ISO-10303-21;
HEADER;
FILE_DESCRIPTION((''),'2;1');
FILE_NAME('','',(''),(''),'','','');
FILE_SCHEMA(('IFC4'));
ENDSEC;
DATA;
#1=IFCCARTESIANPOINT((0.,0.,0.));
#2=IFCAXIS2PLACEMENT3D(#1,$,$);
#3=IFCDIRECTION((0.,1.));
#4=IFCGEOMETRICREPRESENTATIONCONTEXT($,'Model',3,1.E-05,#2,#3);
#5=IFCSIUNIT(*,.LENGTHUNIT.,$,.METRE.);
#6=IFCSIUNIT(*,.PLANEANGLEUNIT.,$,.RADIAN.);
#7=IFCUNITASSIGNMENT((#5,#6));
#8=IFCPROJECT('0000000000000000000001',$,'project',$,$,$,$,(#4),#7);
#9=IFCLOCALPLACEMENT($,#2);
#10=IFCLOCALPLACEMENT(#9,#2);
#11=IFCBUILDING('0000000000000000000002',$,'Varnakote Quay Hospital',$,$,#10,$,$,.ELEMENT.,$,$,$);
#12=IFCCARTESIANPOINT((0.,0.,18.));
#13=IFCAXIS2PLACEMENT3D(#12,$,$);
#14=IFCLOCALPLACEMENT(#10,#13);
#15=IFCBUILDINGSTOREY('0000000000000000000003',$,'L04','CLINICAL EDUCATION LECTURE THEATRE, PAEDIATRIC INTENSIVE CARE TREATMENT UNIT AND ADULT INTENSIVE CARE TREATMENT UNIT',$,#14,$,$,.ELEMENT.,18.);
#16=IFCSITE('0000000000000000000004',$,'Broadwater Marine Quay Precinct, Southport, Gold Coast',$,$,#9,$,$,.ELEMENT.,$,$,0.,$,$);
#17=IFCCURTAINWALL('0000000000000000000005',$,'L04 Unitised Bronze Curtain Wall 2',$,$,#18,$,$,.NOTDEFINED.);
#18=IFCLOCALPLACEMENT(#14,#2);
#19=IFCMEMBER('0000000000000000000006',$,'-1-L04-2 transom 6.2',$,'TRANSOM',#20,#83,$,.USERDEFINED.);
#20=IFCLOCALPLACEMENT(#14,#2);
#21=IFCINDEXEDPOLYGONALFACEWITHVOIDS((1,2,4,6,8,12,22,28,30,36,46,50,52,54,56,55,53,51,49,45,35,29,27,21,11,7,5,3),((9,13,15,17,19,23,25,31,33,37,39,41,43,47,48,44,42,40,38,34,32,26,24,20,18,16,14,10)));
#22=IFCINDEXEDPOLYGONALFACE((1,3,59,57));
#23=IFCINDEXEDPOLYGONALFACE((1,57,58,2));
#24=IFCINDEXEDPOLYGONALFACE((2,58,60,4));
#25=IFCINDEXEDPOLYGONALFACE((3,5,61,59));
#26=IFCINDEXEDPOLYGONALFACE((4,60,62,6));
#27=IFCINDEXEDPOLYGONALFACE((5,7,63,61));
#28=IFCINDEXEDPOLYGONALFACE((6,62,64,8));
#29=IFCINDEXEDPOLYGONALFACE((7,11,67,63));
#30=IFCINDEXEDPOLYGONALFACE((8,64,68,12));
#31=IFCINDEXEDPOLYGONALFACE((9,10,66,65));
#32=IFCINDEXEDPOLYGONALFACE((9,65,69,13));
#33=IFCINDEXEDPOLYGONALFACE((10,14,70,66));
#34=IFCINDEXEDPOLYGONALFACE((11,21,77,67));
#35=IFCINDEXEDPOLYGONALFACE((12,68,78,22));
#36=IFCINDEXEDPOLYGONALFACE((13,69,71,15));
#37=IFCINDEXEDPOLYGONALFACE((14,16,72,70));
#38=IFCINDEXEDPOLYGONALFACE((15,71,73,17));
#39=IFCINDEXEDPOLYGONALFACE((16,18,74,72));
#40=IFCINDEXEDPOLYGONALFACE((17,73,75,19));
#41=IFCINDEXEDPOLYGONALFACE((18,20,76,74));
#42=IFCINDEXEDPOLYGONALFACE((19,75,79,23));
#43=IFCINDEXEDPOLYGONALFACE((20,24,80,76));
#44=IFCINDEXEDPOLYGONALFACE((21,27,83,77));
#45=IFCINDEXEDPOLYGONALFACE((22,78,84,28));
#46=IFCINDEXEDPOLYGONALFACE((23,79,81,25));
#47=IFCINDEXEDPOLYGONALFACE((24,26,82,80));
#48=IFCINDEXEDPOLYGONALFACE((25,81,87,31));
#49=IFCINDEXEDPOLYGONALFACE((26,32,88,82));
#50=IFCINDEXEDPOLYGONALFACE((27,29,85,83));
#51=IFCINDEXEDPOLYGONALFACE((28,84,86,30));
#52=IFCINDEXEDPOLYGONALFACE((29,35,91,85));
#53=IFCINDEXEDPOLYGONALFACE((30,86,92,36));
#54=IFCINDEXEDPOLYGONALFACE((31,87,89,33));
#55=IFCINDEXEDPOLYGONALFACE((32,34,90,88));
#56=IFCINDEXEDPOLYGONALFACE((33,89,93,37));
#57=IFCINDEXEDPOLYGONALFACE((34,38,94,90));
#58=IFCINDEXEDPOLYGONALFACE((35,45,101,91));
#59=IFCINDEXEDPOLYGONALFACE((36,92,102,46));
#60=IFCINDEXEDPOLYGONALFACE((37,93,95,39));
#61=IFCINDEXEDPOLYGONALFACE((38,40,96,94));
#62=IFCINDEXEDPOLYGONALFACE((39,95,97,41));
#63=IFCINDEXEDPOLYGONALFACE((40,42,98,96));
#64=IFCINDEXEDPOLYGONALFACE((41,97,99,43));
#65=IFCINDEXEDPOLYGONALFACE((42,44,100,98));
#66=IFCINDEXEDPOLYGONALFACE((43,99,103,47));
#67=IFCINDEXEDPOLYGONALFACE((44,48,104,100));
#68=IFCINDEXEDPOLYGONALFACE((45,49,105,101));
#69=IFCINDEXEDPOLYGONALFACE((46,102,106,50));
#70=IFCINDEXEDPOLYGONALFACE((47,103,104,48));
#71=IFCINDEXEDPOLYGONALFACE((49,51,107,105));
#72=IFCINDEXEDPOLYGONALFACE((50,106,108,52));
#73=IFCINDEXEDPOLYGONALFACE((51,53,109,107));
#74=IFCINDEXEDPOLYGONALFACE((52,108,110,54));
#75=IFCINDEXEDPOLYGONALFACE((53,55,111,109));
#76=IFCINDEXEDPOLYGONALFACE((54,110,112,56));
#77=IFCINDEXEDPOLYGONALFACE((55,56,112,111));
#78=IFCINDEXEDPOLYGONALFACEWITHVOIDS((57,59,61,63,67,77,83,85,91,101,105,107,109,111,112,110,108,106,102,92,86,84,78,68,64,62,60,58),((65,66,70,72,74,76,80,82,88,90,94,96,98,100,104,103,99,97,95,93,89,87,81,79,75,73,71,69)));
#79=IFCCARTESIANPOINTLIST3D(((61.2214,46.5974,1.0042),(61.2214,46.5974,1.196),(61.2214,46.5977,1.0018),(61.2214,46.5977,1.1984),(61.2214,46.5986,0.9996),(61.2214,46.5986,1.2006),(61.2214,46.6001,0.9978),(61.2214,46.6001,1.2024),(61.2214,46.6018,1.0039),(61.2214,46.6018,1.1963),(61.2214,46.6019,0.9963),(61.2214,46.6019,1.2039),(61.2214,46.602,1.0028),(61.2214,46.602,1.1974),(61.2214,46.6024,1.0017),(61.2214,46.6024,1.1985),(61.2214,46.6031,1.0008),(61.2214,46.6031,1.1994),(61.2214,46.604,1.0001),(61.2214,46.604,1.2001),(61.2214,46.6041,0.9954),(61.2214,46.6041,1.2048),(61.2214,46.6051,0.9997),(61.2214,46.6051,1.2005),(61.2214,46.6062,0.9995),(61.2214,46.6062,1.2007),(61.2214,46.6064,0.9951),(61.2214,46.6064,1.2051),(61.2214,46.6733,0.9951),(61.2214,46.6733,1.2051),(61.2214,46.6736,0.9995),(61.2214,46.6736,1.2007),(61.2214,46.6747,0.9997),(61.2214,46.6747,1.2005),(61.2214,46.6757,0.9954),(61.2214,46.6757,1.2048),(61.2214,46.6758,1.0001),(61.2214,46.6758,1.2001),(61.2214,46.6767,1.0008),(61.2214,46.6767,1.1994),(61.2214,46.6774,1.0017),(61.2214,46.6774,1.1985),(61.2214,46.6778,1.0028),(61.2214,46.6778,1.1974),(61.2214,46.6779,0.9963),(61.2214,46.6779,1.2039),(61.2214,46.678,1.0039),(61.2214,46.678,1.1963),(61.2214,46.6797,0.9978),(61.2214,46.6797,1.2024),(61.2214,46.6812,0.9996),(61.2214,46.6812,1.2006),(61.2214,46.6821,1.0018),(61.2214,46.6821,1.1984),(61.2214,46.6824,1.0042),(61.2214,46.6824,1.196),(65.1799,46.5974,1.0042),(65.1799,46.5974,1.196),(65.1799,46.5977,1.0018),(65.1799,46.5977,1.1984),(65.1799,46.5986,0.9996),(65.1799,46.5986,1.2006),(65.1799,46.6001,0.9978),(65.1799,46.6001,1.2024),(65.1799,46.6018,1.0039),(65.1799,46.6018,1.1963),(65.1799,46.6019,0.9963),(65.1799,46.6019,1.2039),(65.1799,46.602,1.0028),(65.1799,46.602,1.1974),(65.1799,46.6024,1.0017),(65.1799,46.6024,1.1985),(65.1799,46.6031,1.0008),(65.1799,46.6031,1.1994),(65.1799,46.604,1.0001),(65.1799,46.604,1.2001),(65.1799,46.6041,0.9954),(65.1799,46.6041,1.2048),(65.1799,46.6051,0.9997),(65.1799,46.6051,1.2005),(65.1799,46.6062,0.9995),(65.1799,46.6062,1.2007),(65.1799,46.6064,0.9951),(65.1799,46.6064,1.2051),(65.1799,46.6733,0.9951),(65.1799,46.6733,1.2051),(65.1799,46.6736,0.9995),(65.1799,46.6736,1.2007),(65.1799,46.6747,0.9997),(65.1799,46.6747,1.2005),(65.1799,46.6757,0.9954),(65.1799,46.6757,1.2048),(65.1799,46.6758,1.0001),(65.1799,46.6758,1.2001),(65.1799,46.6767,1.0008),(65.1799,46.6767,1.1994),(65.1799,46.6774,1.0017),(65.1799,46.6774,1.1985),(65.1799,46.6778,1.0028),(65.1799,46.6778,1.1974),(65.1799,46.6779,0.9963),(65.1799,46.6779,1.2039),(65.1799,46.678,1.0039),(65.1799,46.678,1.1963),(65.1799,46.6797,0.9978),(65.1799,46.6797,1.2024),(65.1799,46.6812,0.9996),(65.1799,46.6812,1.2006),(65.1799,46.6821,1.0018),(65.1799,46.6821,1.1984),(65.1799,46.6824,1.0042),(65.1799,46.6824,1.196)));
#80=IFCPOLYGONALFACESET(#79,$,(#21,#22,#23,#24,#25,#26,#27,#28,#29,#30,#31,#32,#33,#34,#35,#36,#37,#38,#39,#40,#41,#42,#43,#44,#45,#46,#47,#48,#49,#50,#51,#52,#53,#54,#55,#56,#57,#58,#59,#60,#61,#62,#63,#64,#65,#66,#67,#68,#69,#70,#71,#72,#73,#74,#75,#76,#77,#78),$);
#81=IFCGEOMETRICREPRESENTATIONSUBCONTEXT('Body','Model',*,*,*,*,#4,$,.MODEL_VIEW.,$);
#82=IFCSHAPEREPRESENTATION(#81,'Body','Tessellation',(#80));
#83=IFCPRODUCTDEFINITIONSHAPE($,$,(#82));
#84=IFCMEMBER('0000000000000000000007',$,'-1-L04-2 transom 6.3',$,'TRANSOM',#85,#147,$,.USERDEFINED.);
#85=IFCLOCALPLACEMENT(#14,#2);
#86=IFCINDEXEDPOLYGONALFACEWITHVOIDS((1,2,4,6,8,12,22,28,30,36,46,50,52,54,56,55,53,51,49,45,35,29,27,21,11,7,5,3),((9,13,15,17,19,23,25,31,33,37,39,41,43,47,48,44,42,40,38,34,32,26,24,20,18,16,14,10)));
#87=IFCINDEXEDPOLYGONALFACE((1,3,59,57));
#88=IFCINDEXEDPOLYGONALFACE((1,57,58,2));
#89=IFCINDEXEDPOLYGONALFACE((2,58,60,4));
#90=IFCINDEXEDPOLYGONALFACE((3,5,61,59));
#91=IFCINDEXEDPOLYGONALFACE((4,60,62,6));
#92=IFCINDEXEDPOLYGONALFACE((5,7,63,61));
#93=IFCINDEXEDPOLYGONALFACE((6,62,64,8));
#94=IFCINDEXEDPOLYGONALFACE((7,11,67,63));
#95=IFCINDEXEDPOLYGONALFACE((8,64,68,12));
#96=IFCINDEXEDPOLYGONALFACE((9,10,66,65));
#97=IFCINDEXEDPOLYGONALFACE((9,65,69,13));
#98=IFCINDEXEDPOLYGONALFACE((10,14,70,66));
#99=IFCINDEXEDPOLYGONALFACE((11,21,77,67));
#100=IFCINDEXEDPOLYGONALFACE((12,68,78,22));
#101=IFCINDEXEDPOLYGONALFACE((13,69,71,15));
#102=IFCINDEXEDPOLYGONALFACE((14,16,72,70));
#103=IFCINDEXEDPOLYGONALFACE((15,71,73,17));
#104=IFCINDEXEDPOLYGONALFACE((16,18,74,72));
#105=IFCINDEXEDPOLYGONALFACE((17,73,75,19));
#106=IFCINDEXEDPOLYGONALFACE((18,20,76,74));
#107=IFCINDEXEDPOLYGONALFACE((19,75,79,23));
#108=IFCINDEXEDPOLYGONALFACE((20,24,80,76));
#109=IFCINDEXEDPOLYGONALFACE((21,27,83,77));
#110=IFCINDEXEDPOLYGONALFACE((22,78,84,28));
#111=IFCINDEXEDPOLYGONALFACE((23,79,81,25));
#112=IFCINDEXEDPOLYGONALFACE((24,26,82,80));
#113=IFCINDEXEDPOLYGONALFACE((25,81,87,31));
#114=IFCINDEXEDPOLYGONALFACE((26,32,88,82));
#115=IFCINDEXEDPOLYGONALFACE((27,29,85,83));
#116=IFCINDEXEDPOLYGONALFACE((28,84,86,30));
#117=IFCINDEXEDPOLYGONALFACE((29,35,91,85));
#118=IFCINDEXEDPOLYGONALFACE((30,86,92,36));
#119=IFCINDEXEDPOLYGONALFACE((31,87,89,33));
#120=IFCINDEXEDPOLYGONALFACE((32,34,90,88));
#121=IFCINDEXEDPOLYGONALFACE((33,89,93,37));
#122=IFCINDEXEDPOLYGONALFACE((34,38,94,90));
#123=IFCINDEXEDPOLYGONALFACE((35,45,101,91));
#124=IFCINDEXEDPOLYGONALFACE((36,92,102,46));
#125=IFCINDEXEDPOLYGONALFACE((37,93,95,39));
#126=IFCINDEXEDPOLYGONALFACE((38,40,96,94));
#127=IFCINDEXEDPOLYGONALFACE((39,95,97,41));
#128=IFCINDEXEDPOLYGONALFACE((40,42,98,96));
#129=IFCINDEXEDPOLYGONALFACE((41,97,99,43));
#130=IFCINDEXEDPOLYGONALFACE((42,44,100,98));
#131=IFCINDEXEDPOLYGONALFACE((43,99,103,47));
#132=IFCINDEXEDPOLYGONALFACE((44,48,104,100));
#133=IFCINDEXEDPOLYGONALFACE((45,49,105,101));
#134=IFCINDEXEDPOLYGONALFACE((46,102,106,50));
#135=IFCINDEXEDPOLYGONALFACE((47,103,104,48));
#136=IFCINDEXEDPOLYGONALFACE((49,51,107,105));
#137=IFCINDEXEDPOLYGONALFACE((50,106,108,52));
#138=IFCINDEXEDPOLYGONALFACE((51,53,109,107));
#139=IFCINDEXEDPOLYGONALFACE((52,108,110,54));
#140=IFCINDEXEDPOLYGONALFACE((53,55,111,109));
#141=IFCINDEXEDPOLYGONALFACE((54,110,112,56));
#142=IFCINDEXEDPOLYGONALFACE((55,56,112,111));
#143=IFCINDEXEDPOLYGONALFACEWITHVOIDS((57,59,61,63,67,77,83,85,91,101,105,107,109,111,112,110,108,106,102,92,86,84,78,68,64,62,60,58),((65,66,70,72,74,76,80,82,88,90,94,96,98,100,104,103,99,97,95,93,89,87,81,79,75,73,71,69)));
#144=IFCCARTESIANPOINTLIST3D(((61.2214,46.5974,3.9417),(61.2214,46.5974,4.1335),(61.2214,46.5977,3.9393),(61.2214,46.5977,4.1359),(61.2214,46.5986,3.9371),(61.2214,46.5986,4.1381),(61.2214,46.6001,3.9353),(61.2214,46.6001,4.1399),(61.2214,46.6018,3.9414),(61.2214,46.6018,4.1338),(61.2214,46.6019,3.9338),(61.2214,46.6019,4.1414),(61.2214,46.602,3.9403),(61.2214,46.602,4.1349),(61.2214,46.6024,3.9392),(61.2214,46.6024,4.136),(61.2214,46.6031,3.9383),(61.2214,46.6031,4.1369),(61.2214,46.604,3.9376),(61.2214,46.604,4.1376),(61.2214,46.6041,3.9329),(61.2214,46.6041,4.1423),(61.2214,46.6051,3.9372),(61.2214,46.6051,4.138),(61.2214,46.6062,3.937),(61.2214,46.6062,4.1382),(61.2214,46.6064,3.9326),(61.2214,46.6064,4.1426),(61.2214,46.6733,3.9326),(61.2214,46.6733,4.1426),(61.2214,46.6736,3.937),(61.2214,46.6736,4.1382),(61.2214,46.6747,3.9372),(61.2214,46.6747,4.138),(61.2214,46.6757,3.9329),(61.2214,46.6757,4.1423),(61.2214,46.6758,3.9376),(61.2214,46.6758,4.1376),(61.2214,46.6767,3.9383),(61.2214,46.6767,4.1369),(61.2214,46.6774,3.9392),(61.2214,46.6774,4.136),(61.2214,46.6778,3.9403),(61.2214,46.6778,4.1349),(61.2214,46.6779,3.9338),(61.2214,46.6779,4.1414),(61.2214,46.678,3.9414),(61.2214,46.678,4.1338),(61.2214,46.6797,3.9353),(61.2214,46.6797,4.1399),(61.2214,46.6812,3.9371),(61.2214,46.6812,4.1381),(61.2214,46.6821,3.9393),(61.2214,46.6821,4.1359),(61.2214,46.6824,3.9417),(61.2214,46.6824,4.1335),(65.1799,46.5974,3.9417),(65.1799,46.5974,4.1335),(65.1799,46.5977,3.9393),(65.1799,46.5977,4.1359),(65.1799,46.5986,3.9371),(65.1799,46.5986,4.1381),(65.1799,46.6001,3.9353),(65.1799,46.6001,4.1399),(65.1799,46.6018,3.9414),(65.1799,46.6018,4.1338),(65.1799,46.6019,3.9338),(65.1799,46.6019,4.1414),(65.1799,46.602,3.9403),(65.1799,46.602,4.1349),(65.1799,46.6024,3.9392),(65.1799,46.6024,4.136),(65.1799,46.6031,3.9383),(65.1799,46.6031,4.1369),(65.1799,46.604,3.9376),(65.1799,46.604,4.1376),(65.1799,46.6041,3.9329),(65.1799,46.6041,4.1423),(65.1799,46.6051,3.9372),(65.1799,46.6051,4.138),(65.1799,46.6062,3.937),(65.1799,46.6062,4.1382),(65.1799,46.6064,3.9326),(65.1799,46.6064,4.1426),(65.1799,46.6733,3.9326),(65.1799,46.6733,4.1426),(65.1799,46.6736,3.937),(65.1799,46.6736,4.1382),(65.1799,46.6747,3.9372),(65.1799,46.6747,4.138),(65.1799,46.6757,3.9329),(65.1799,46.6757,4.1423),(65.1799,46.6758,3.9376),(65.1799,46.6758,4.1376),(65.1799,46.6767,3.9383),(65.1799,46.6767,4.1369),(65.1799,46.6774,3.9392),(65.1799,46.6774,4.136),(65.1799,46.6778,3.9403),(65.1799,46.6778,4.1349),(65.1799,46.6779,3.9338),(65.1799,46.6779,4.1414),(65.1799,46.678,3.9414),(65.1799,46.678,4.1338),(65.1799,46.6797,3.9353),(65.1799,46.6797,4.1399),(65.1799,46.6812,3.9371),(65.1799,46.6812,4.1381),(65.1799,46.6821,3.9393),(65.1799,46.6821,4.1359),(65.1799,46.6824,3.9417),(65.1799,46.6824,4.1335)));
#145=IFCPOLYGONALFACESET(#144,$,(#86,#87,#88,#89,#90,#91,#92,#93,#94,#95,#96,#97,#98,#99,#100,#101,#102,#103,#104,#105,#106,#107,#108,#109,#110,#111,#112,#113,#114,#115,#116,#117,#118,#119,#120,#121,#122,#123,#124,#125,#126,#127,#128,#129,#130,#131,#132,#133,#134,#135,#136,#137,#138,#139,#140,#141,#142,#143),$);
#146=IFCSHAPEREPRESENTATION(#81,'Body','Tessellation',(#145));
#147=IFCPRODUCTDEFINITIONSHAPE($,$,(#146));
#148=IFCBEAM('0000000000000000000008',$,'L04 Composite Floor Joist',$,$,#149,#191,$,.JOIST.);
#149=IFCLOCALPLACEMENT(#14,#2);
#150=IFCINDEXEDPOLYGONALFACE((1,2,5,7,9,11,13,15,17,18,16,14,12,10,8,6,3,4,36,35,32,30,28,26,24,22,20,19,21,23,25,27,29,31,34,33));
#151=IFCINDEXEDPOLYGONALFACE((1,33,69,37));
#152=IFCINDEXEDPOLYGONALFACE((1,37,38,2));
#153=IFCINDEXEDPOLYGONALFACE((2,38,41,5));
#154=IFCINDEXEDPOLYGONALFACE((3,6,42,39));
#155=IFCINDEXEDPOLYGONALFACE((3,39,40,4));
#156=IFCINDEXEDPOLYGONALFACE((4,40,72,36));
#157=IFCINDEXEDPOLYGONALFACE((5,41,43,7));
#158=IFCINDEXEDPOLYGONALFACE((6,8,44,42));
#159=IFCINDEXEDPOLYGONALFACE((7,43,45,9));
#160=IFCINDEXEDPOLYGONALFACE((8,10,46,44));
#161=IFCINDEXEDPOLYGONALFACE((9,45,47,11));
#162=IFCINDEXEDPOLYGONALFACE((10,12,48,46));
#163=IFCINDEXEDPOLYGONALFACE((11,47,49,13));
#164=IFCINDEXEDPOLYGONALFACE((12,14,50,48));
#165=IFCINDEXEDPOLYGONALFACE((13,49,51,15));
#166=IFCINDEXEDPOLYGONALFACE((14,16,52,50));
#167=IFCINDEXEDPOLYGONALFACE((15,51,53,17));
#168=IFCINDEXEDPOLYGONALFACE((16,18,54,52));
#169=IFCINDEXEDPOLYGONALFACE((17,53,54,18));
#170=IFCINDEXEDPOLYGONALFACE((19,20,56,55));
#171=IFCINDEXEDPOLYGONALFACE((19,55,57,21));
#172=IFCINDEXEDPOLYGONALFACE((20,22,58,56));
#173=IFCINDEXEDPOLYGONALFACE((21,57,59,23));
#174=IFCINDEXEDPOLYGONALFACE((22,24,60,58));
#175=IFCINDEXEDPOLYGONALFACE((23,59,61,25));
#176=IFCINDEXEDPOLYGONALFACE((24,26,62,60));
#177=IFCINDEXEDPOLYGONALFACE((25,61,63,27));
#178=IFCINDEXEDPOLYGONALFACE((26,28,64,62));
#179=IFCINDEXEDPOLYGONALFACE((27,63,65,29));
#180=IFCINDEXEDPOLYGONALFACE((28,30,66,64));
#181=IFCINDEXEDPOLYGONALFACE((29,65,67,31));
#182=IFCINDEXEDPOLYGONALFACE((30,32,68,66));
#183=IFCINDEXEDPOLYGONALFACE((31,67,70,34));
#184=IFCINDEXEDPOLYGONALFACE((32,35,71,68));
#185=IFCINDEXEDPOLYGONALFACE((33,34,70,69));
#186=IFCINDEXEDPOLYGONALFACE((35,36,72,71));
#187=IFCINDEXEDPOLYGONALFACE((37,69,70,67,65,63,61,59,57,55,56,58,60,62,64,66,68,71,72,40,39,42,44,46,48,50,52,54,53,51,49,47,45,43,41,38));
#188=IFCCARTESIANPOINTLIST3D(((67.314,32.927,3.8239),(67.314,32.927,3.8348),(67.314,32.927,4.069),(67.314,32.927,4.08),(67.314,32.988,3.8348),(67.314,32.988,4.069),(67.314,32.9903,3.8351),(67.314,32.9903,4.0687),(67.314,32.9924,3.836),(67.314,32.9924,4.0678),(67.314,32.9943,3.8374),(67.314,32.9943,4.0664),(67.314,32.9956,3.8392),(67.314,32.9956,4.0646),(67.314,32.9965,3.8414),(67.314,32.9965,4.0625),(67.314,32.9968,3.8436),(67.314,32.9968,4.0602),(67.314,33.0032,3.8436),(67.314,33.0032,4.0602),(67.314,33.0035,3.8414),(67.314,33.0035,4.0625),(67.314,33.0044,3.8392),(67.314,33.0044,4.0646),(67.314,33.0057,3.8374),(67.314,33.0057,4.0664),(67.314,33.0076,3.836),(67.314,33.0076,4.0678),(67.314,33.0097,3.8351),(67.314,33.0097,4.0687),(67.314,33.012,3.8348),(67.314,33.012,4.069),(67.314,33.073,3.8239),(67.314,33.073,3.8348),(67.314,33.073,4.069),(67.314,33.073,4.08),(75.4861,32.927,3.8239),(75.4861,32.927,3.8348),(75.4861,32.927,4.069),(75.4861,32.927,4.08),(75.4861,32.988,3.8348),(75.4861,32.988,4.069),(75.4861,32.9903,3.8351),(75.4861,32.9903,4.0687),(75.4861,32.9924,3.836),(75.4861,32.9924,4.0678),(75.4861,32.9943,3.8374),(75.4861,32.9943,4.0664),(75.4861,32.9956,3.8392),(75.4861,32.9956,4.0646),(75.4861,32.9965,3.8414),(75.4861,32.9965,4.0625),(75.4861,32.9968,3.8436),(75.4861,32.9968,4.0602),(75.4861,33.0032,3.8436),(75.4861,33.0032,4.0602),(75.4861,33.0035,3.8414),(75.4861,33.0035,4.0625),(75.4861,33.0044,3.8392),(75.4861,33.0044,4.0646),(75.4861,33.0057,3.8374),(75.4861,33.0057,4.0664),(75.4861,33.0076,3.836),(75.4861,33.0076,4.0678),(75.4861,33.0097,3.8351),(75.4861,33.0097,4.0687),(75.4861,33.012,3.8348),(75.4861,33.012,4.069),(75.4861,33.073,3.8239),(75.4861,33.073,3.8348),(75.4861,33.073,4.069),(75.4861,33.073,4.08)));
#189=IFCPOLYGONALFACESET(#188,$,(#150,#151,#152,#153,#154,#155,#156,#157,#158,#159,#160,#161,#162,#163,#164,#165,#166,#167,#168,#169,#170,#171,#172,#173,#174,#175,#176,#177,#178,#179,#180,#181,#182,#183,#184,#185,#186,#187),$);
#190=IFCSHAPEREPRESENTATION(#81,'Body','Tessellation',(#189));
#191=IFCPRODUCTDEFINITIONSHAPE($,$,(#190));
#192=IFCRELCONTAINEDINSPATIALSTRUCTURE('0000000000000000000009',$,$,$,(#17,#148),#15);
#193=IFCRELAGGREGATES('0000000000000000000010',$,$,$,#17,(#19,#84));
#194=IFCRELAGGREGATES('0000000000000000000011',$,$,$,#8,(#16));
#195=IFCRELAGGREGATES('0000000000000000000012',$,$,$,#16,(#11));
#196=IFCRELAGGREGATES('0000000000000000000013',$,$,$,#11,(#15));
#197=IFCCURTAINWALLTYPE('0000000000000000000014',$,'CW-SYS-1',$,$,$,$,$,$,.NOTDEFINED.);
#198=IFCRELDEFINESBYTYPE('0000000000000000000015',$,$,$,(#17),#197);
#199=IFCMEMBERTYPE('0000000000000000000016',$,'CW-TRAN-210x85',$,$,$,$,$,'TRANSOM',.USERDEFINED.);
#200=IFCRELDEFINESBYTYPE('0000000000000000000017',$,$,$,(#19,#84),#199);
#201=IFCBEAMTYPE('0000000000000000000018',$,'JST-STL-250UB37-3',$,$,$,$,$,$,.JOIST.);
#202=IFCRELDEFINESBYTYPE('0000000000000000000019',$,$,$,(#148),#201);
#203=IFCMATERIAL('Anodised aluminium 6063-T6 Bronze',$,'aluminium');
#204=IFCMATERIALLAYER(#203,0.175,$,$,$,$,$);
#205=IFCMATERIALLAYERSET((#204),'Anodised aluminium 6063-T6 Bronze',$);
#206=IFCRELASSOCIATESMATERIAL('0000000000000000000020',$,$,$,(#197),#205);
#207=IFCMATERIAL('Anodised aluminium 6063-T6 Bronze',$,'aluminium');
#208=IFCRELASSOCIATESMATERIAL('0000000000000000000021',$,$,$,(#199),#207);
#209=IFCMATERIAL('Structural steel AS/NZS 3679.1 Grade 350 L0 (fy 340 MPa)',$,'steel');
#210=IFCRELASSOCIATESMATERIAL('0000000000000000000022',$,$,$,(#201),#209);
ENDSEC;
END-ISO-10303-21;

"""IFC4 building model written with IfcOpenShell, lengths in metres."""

from ifc_helpers import new_model, si_unit, direction, frame, origin, origin_2d, place, context, subcontext, project, spatial, hollow_rectangle, i_section, extrude, material, layer, layer_set, material_profile, profile_set, type_object, element, aggregate, save


model = new_model("IFC4")

# Units and contexts
model_context = context("Model", 3, precision=1e-05, world=origin(), true_north=direction((0.0, 1.0)))
body_context = subcontext(model_context, "Body", "Model", "MODEL_VIEW")
ifc_project = project(units=[si_unit("LENGTHUNIT", "METRE"), si_unit("PLANEANGLEUNIT", "RADIAN")], contexts=[model_context])

# Site, building, storey
site_placement = place(None, origin())
site = spatial("IfcSite", under=ifc_project, at=site_placement, Name="Broadwater Marine Quay Precinct, Southport, Gold Coast", CompositionType="ELEMENT", RefElevation=0.0)
building_placement = place(site_placement, origin())
building = spatial("IfcBuilding", under=site, at=building_placement, Name="Varnakote Quay Hospital", CompositionType="ELEMENT")
storey_placement = place(building_placement, frame((0.0, 0.0, 18.0)))
storey = spatial("IfcBuildingStorey", under=building, at=storey_placement, Name="L04", Description="CLINICAL EDUCATION LECTURE THEATRE, PAEDIATRIC INTENSIVE CARE TREATMENT UNIT AND ADULT INTENSIVE CARE TREATMENT UNIT", CompositionType="ELEMENT", Elevation=18.0)

# Curtain wall, members
ifc_material_1 = material(Name="Anodised aluminium 6063-T6 Bronze", Category="aluminium")
ifc_layer_1 = layer(ifc_material_1, 0.175)
ifc_layer_set_1 = layer_set([ifc_layer_1], Name="Anodised aluminium 6063-T6 Bronze")
curtain_wall_type = type_object("IfcCurtainWallType", Name="CW-SYS-1", PredefinedType="NOTDEFINED", material=ifc_layer_set_1)
curtain_wall_placement = place(storey_placement, origin())
curtain_wall = element("IfcCurtainWall", 1, at=curtain_wall_placement, inside=storey, type_object=curtain_wall_type, Name="L04 Unitised Bronze Curtain Wall 2", PredefinedType="NOTDEFINED")
ifc_material_2 = material(Name="Anodised aluminium 6063-T6 Bronze", Category="aluminium")
ifc_material_profile_1 = material_profile(ifc_material_2, hollow_rectangle(XDim=0.085, YDim=0.21, WallThickness=0.0044, InnerFilletRadius=0.0044, OuterFilletRadius=0.009, at=origin_2d()), Name="CW-TRAN-210x85")
ifc_profile_set_1 = profile_set([ifc_material_profile_1], Name="Anodised aluminium 6063-T6 Bronze")
member_type_1 = type_object("IfcMemberType", Name="CW-TRAN-210x85", ElementType="TRANSOM", PredefinedType="USERDEFINED", material=ifc_profile_set_1)
member_1_placement = place(storey_placement, frame((65.1799, 46.6399, 1.1001), z_axis=(-1.0, 0.0, 0.0), x_axis=(0.0, -1.0, 0.0)))
member_1 = element("IfcMember", 2, at=member_1_placement, type_object=member_type_1, Name="-1-L04-2 transom 6.2", ObjectType="TRANSOM", PredefinedType="USERDEFINED", context=body_context, shape_type="SweptSolid", body=[
    extrude(hollow_rectangle(XDim=0.085, YDim=0.21, WallThickness=0.0044, InnerFilletRadius=0.0044, OuterFilletRadius=0.009, at=origin_2d()), origin(), (0.0, 0.0, 1.0), 3.9585),
])
member_2_placement = place(storey_placement, frame((65.1799, 46.6399, 4.0376), z_axis=(-1.0, 0.0, 0.0), x_axis=(0.0, -1.0, 0.0)))
member_2 = element("IfcMember", 3, at=member_2_placement, type_object=member_type_1, Name="-1-L04-2 transom 6.3", ObjectType="TRANSOM", PredefinedType="USERDEFINED", context=body_context, shape_type="SweptSolid", body=[
    extrude(hollow_rectangle(XDim=0.085, YDim=0.21, WallThickness=0.0044, InnerFilletRadius=0.0044, OuterFilletRadius=0.009, at=origin_2d()), origin(), (0.0, 0.0, 1.0), 3.9585),
])

# Beam
ifc_material_3 = material(Name="Structural steel AS/NZS 3679.1 Grade 350 L0 (fy 340 MPa)", Category="steel")
ifc_material_profile_2 = material_profile(ifc_material_3, i_section(OverallWidth=0.146, OverallDepth=0.2561, WebThickness=0.0063, FlangeThickness=0.011, FilletRadius=0.0088, at=origin_2d()), Name="250UB37.3")
ifc_profile_set_2 = profile_set([ifc_material_profile_2], Name="Structural steel AS/NZS 3679.1 Grade 350 L0 (fy 340 MPa)")
beam_type_1 = type_object("IfcBeamType", Name="JST-STL-250UB37-3", PredefinedType="JOIST", material=ifc_profile_set_2)
for number, where, z_axis, x_axis, name in (
    (4, (67.314, 33.0, 3.9519), (1.0, 0.0, 0.0), (0.0, 1.0, 0.0), "L04 Composite Floor Joist"),
):
    element("IfcBeam", number, at=place(storey_placement, frame(where, z_axis=z_axis, x_axis=x_axis)), inside=storey, type_object=beam_type_1, Name=name, PredefinedType="JOIST", context=body_context, shape_type="SweptSolid", body=[
        extrude(i_section(OverallWidth=0.146, OverallDepth=0.2561, WebThickness=0.0063, FlangeThickness=0.011, FilletRadius=0.0088, at=origin_2d()), origin(), (0.0, 0.0, 1.0), 8.1721),
    ])

aggregate(curtain_wall, [member_1, member_2])

save(model, "model.ifc")
